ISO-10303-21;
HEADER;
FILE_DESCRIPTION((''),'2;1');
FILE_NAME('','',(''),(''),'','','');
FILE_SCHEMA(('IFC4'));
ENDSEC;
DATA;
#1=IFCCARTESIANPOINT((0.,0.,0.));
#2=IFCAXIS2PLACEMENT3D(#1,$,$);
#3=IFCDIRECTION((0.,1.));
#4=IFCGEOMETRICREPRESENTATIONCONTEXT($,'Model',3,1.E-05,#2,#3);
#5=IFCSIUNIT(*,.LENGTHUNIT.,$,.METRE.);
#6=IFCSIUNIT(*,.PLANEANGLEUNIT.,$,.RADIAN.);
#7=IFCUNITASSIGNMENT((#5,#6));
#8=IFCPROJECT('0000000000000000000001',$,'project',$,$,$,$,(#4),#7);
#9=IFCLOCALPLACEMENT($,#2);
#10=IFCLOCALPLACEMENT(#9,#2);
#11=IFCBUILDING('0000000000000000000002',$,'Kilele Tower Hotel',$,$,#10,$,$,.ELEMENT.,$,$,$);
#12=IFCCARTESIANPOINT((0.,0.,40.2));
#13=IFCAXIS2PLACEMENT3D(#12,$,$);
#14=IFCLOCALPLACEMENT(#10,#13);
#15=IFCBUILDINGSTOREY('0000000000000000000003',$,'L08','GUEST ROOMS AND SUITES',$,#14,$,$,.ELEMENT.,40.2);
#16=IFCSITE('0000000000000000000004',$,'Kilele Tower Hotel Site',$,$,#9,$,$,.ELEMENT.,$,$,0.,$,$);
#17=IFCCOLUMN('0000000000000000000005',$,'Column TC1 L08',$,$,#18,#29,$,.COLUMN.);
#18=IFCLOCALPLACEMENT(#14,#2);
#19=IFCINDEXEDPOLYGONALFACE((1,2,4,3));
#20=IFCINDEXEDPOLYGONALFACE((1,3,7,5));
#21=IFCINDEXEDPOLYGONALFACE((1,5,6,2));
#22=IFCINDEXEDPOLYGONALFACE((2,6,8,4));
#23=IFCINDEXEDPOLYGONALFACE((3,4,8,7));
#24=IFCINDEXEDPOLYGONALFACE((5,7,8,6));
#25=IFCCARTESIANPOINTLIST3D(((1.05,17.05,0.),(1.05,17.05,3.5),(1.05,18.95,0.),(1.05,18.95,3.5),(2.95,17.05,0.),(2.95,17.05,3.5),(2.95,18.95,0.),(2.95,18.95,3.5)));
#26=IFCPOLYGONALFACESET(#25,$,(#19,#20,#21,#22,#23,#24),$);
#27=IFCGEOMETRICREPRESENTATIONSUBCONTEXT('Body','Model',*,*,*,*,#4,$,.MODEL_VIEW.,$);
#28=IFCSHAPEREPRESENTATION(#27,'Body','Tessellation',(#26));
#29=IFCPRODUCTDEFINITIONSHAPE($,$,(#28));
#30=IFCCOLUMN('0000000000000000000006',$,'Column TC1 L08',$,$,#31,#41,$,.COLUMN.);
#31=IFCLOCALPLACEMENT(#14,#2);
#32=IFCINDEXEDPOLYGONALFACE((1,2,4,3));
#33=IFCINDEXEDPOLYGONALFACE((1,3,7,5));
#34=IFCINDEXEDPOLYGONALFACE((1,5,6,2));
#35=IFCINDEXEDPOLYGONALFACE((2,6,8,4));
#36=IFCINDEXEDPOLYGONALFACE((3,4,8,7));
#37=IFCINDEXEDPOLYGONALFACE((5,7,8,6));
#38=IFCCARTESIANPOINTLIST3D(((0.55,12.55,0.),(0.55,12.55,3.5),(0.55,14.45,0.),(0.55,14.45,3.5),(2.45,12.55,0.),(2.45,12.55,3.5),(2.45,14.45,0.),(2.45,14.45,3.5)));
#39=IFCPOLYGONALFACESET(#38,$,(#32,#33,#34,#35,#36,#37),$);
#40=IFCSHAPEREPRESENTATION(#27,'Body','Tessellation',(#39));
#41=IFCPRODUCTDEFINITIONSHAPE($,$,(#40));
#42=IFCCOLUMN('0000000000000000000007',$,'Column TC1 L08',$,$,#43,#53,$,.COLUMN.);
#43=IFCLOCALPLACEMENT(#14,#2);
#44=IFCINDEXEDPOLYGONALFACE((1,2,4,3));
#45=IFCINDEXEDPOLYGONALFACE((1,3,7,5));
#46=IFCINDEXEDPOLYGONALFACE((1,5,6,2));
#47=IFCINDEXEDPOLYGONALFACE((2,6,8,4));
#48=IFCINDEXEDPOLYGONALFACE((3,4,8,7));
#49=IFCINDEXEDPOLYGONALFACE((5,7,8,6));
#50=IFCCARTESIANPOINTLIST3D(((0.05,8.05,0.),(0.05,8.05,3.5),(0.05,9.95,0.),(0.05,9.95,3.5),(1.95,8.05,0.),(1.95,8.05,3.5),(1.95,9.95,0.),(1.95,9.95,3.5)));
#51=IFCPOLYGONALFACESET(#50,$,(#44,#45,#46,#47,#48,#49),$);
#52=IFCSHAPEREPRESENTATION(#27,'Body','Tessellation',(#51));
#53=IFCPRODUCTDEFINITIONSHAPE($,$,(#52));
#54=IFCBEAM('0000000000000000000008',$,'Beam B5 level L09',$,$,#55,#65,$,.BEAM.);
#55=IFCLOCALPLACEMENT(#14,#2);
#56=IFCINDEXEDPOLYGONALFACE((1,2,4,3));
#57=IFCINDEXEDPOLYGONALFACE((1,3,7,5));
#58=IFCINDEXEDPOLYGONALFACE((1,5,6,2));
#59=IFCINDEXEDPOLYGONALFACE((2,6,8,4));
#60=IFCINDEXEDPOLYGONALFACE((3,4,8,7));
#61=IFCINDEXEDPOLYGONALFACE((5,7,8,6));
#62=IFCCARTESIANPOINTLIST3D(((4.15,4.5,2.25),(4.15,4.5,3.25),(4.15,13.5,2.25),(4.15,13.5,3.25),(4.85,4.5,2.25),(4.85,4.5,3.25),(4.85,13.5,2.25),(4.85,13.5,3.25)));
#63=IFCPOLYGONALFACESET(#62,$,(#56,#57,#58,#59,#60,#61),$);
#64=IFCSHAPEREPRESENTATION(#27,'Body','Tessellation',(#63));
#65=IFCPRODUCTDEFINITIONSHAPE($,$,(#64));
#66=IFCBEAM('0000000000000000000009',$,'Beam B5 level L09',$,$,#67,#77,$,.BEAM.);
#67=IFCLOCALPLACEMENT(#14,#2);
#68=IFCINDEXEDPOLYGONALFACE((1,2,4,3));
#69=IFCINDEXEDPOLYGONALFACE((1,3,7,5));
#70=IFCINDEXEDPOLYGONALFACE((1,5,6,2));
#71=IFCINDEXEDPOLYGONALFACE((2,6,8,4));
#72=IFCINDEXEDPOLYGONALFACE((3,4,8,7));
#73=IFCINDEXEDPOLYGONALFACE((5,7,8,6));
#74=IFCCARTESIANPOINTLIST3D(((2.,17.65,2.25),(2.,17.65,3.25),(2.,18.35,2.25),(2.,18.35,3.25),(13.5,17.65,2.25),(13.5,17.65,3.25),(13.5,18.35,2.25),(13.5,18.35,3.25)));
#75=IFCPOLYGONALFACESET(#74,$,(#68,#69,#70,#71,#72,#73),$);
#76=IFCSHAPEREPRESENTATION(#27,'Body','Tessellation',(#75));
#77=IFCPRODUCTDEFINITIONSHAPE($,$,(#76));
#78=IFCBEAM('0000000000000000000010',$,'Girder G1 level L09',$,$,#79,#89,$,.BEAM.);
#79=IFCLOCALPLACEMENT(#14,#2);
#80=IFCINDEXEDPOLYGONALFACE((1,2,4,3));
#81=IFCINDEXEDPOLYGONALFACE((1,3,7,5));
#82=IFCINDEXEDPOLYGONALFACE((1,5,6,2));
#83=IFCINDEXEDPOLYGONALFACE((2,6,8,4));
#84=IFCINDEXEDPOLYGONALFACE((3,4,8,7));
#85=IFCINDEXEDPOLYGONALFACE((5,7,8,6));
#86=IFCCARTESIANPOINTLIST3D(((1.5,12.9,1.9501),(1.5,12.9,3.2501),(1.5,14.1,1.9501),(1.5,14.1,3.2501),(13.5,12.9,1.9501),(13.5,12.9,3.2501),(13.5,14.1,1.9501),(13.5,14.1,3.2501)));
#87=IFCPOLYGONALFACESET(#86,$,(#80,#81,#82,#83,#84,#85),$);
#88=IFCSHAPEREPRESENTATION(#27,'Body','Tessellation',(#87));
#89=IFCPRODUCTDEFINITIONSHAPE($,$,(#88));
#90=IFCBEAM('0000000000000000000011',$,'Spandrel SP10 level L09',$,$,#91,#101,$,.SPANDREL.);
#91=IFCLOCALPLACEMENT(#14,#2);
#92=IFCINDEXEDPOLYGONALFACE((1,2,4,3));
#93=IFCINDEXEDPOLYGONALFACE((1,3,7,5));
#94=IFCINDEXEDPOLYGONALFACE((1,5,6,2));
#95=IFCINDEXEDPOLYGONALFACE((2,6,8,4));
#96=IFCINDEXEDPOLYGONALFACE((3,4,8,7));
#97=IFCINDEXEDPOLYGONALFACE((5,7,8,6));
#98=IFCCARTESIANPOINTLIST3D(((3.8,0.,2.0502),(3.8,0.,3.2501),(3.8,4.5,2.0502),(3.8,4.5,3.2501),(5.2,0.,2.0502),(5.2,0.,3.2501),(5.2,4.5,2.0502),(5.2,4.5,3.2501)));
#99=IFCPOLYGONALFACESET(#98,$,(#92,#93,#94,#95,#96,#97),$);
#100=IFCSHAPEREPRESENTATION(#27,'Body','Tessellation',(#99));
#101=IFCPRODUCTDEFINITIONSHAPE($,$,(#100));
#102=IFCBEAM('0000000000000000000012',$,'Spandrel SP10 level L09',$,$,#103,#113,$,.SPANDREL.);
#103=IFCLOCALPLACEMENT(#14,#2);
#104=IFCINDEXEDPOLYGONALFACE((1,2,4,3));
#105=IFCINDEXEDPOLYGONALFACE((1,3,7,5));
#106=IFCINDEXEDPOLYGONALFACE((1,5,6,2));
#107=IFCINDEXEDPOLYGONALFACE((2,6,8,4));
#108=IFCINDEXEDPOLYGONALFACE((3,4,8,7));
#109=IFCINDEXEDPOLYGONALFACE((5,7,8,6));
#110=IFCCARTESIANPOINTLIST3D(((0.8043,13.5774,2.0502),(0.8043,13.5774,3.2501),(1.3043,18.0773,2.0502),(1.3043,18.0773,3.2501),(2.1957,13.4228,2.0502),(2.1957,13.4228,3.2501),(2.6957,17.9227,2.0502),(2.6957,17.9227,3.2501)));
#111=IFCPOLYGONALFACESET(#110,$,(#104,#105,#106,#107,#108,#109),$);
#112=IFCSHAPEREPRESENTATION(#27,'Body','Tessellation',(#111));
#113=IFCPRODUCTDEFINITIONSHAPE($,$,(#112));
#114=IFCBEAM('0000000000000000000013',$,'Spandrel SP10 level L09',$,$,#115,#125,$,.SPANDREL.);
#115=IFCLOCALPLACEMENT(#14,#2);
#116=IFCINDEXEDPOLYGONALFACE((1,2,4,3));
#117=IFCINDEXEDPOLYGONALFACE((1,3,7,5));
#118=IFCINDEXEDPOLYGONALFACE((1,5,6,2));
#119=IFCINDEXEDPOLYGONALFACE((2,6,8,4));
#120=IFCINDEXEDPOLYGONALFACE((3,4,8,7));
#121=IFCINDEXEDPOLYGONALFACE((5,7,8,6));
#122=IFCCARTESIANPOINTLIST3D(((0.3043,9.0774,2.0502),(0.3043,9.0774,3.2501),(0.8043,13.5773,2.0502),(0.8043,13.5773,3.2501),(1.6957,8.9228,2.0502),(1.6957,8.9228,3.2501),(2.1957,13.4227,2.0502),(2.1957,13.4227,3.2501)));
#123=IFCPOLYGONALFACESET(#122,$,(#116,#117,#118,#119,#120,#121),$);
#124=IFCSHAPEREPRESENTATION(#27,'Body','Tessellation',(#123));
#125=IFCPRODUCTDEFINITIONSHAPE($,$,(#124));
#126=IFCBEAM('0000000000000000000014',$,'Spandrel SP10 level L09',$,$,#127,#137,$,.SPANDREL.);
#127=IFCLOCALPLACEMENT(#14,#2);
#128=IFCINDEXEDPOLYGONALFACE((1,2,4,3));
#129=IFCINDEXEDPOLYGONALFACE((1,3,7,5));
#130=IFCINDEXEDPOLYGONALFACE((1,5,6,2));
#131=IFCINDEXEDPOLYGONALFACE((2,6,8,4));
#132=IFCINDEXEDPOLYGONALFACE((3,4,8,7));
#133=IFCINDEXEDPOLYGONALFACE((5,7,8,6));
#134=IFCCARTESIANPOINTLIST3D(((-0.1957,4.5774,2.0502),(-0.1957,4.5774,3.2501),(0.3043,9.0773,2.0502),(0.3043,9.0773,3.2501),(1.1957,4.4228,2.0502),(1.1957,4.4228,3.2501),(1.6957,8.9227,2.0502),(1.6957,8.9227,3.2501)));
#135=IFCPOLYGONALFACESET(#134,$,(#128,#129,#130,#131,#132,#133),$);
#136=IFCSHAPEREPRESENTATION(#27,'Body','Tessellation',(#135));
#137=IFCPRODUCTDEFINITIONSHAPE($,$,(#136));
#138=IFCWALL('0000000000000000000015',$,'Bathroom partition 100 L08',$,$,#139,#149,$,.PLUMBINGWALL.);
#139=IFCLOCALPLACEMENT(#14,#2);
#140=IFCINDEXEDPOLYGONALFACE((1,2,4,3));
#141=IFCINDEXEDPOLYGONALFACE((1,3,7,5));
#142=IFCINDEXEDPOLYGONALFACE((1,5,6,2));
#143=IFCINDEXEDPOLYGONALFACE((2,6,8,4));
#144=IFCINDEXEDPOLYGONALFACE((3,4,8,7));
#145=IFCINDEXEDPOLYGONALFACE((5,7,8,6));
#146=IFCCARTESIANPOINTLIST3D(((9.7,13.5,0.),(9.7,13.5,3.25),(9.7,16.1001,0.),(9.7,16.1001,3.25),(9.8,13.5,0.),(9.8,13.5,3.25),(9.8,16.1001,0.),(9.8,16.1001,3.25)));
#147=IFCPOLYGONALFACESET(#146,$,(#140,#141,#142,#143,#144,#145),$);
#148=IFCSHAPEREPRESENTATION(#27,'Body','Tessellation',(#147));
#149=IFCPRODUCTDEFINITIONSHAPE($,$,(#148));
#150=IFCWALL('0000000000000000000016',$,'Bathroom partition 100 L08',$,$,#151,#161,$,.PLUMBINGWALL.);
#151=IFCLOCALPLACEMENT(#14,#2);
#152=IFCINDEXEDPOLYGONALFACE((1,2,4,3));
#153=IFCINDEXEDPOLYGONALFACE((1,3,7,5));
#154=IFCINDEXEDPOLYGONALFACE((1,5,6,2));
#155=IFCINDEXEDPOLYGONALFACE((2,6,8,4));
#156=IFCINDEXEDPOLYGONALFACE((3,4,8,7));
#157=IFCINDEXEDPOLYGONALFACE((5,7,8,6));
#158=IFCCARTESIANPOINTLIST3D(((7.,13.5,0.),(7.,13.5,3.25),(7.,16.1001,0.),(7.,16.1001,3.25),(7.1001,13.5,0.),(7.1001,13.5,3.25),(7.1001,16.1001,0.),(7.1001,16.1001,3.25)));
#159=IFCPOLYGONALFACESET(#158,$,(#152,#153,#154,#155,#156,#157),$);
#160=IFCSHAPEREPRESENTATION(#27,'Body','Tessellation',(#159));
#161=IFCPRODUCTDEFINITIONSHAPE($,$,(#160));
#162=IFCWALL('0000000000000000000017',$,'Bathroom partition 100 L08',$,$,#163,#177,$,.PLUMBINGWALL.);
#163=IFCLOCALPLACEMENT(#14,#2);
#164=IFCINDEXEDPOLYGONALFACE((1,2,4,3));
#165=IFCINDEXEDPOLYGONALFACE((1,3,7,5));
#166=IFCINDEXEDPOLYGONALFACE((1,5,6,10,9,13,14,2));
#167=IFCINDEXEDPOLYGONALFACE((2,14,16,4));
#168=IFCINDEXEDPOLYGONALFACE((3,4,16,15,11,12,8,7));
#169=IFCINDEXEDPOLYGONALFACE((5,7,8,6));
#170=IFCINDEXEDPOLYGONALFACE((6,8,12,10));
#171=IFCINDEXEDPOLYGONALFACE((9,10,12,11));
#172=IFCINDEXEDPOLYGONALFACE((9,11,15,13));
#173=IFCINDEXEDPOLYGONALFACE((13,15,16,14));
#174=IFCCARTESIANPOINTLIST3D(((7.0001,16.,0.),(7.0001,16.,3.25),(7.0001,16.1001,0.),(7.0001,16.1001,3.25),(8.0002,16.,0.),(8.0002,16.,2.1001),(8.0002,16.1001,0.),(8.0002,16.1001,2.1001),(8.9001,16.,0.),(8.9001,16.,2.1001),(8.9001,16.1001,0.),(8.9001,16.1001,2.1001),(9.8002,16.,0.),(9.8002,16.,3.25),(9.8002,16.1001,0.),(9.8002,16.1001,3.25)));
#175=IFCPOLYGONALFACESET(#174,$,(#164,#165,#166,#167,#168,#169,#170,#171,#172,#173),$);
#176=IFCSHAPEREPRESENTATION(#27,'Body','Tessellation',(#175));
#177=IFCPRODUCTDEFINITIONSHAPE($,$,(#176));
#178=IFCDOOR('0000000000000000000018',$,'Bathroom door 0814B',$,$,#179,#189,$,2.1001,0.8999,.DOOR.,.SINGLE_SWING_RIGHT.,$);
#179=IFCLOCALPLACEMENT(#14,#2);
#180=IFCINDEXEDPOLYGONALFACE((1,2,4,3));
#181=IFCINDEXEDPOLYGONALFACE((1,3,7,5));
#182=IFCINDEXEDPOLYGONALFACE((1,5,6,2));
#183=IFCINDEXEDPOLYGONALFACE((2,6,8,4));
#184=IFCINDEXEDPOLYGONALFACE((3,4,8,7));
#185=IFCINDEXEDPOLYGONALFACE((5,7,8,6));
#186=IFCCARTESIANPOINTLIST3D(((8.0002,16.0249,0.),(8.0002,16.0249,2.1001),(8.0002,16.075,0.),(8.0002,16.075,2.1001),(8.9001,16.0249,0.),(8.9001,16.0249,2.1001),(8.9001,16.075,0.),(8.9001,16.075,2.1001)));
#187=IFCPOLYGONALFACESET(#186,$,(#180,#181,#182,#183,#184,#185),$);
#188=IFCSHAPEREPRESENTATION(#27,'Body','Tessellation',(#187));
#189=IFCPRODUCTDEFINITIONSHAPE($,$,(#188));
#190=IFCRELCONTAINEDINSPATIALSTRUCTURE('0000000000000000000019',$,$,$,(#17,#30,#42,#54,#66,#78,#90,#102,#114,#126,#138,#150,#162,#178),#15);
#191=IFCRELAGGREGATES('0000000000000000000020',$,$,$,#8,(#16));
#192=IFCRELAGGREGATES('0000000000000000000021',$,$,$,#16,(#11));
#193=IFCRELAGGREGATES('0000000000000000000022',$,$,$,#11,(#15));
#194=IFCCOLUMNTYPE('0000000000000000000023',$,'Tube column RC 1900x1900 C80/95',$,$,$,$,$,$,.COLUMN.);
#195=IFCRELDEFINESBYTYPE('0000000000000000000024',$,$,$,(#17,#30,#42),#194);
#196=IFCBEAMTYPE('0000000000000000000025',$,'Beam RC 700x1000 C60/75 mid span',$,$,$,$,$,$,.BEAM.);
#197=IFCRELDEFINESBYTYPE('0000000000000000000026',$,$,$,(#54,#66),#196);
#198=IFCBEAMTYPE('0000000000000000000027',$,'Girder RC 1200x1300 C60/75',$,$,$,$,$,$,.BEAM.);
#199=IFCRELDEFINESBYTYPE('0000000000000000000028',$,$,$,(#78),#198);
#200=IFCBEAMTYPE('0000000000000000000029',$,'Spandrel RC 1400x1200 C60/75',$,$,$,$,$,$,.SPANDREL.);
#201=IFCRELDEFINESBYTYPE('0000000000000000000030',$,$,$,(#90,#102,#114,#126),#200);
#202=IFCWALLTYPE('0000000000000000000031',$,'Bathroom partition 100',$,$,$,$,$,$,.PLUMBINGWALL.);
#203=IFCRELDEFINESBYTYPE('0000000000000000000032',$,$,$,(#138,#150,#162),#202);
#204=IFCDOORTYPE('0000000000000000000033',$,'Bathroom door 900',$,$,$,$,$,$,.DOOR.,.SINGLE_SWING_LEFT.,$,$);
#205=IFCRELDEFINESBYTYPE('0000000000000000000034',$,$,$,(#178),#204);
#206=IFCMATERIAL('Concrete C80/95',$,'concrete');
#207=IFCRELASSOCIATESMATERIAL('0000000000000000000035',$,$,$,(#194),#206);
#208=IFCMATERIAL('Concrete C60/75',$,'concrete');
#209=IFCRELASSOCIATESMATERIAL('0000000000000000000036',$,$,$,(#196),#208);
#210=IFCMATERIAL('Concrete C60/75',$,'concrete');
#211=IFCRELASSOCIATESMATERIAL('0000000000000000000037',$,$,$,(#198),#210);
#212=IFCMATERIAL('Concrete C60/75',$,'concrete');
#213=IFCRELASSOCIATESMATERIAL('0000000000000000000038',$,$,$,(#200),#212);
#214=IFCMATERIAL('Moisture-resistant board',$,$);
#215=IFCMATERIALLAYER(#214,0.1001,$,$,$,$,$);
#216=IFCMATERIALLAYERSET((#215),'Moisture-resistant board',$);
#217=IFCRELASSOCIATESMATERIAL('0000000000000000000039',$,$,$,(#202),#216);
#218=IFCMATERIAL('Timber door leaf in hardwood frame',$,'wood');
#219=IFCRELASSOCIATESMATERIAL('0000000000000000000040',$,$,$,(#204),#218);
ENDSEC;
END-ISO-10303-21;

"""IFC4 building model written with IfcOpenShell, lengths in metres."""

from ifc_helpers import new_model, si_unit, direction, frame, frame_2d, origin, origin_2d, place, context, subcontext, project, spatial, rectangle, extrude, material, layer, layer_set, material_profile, profile_set, type_object, element, fill, save


model = new_model("IFC4")

# Units and contexts
model_context = context("Model", 3, precision=1e-05, world=origin(), true_north=direction((0.0, 1.0)))
body_context = subcontext(model_context, "Body", "Model", "MODEL_VIEW")
ifc_project = project(units=[si_unit("LENGTHUNIT", "METRE"), si_unit("PLANEANGLEUNIT", "RADIAN")], contexts=[model_context])

# Site, building, storey
site_placement = place(None, origin())
site = spatial("IfcSite", under=ifc_project, at=site_placement, Name="Kilele Tower Hotel Site", CompositionType="ELEMENT", RefElevation=0.0)
building_placement = place(site_placement, origin())
building = spatial("IfcBuilding", under=site, at=building_placement, Name="Kilele Tower Hotel", CompositionType="ELEMENT")
storey_placement = place(building_placement, frame((0.0, 0.0, 40.2)))
storey = spatial("IfcBuildingStorey", under=building, at=storey_placement, Name="L08", Description="GUEST ROOMS AND SUITES", CompositionType="ELEMENT", Elevation=40.2)

# Columns
ifc_material_1 = material(Name="Concrete C80/95", Category="concrete")
ifc_material_profile_1 = material_profile(ifc_material_1, rectangle(XDim=1.8999, YDim=1.8999, at=origin_2d()))
ifc_profile_set_1 = profile_set([ifc_material_profile_1], Name="Concrete C80/95")
column_type = type_object("IfcColumnType", Name="Tube column RC 1900x1900 C80/95", PredefinedType="COLUMN", material=ifc_profile_set_1)
for number, where, z_axis, x_axis, name in (
    (1, (2.0, 18.0, 0.0), (0.0, 0.0, 1.0), (1.0, 0.0, 0.0), "Column TC1 L08"),
    (2, (1.5, 13.5, 0.0), (0.0, 0.0, 1.0), (1.0, 0.0, 0.0), "Column TC1 L08"),
    (3, (1.0, 9.0, 0.0), (0.0, 0.0, 1.0), (1.0, 0.0, 0.0), "Column TC1 L08"),
):
    element("IfcColumn", number, at=place(storey_placement, frame(where, z_axis=z_axis, x_axis=x_axis)), inside=storey, type_object=column_type, Name=name, PredefinedType="COLUMN", context=body_context, shape_type="SweptSolid", body=[
        extrude(rectangle(XDim=1.8999, YDim=1.8999, at=origin_2d()), origin(), (0.0, 0.0, 1.0), 3.5),
    ])

# Beams
ifc_material_2 = material(Name="Concrete C60/75", Category="concrete")
ifc_material_profile_2 = material_profile(ifc_material_2, rectangle(XDim=0.7, YDim=1.0, at=origin_2d()))
ifc_profile_set_2 = profile_set([ifc_material_profile_2], Name="Concrete C60/75")
beam_type_1 = type_object("IfcBeamType", Name="Beam RC 700x1000 C60/75 mid span", PredefinedType="BEAM", material=ifc_profile_set_2)
beam_1_placement = place(storey_placement, frame((4.5, 4.5, 2.75), z_axis=(0.0, 1.0, 0.0), x_axis=(-1.0, 0.0, 0.0)))
element("IfcBeam", 4, at=beam_1_placement, inside=storey, type_object=beam_type_1, Name="Beam B5 level L09", PredefinedType="BEAM", context=body_context, shape_type="SweptSolid", body=[
    extrude(rectangle(XDim=0.7, YDim=1.0, at=origin_2d()), origin(), (0.0, 0.0, 1.0), 9.0),
])
beam_2_placement = place(storey_placement, frame((2.0, 18.0, 2.75), z_axis=(1.0, 0.0, 0.0), x_axis=(0.0, 1.0, 0.0)))
element("IfcBeam", 5, at=beam_2_placement, inside=storey, type_object=beam_type_1, Name="Beam B5 level L09", PredefinedType="BEAM", context=body_context, shape_type="SweptSolid", body=[
    extrude(rectangle(XDim=0.7, YDim=1.0, at=origin_2d()), origin(), (0.0, 0.0, 1.0), 11.5),
])
ifc_material_3 = material(Name="Concrete C60/75", Category="concrete")
ifc_material_profile_3 = material_profile(ifc_material_3, rectangle(XDim=1.2, YDim=1.3, at=origin_2d()))
ifc_profile_set_3 = profile_set([ifc_material_profile_3], Name="Concrete C60/75")
beam_type_2 = type_object("IfcBeamType", Name="Girder RC 1200x1300 C60/75", PredefinedType="BEAM", material=ifc_profile_set_3)
beam_3_placement = place(storey_placement, frame((1.5, 13.5, 2.6001), z_axis=(1.0, 0.0, 0.0), x_axis=(0.0, 1.0, 0.0)))
element("IfcBeam", 6, at=beam_3_placement, inside=storey, type_object=beam_type_2, Name="Girder G1 level L09", PredefinedType="BEAM", context=body_context, shape_type="SweptSolid", body=[
    extrude(rectangle(XDim=1.2, YDim=1.3, at=origin_2d()), origin(), (0.0, 0.0, 1.0), 12.0),
])
ifc_material_4 = material(Name="Concrete C60/75", Category="concrete")
ifc_material_profile_4 = material_profile(ifc_material_4, rectangle(XDim=1.3999, YDim=1.2, at=origin_2d()))
ifc_profile_set_4 = profile_set([ifc_material_profile_4], Name="Concrete C60/75")
beam_type_3 = type_object("IfcBeamType", Name="Spandrel RC 1400x1200 C60/75", PredefinedType="SPANDREL", material=ifc_profile_set_4)
beam_4_placement = place(storey_placement, frame((4.5, 4.5, 2.6501), z_axis=(0.0, -1.0, 0.0), x_axis=(1.0, 0.0, 0.0)))
element("IfcBeam", 7, at=beam_4_placement, inside=storey, type_object=beam_type_3, Name="Spandrel SP10 level L09", PredefinedType="SPANDREL", context=body_context, shape_type="SweptSolid", body=[
    extrude(rectangle(XDim=1.3999, YDim=1.2, at=origin_2d()), origin(), (0.0, 0.0, 1.0), 4.5),
])
for number, where, z_axis, x_axis, name in (
    (8, (2.0, 18.0, 2.6501), (-0.110432, -0.993884, 0.0), (0.993884, -0.110432, 0.0), "Spandrel SP10 level L09"),
    (9, (1.5, 13.5, 2.6501), (-0.110432, -0.993884, 0.0), (0.993884, -0.110432, 0.0), "Spandrel SP10 level L09"),
    (10, (1.0, 9.0, 2.6501), (-0.110432, -0.993884, 0.0), (0.993884, -0.110432, 0.0), "Spandrel SP10 level L09"),
):
    element("IfcBeam", number, at=place(storey_placement, frame(where, z_axis=z_axis, x_axis=x_axis)), inside=storey, type_object=beam_type_3, Name=name, PredefinedType="SPANDREL", context=body_context, shape_type="SweptSolid", body=[
        extrude(rectangle(XDim=1.3999, YDim=1.2, at=origin_2d()), origin(), (0.0, 0.0, 1.0), 4.5276),
    ])

# Walls
ifc_material_5 = material(Name="Moisture-resistant board")
ifc_layer_1 = layer(ifc_material_5, 0.1001)
ifc_layer_set_1 = layer_set([ifc_layer_1], Name="Moisture-resistant board")
wall_type_1 = type_object("IfcWallType", Name="Bathroom partition 100", PredefinedType="PLUMBINGWALL", material=ifc_layer_set_1)
for number, where, z_axis, x_axis, name in (
    (11, (9.75, 13.5, 0.0), (0.0, 0.0, 1.0), (0.0, 1.0, 0.0), "Bathroom partition 100 L08"),
    (12, (7.05, 13.5, 0.0), (0.0, 0.0, 1.0), (0.0, 1.0, 0.0), "Bathroom partition 100 L08"),
):
    element("IfcWall", number, at=place(storey_placement, frame(where, z_axis=z_axis, x_axis=x_axis)), inside=storey, type_object=wall_type_1, Name=name, PredefinedType="PLUMBINGWALL", context=body_context, shape_type="SweptSolid", body=[
        extrude(rectangle(XDim=2.6001, YDim=0.1001, at=frame_2d((1.3, 0.0))), origin(), (0.0, 0.0, 1.0), 3.25),
    ])

# Wall, opening, door
wall_1_placement = place(storey_placement, frame((9.8, 16.05, 0.0), z_axis=(0.0, 0.0, 1.0), x_axis=(-1.0, 0.0, 0.0)))
wall_1 = element("IfcWall", 13, at=wall_1_placement, inside=storey, type_object=wall_type_1, Name="Bathroom partition 100 L08", PredefinedType="PLUMBINGWALL", context=body_context, shape_type="SweptSolid", body=[
    extrude(rectangle(XDim=2.8, YDim=0.1001, at=frame_2d((1.3999, 0.0))), origin(), (0.0, 0.0, 1.0), 3.25),
])
opening_1_placement = place(wall_1_placement, frame((1.7998, 0.0, 0.0), z_axis=(0.0, 0.0, 1.0), x_axis=(-1.0, 0.0, 0.0)))
opening_1 = element("IfcOpeningElement", 14, at=opening_1_placement, cuts=wall_1, PredefinedType="OPENING", context=body_context, shape_type="SweptSolid", body=[
    extrude(rectangle(XDim=0.8999, YDim=2.1001, at=frame_2d((0.45, 1.05))), frame((0.0, 0.0601, 0.0), z_axis=(0.0, -1.0, 0.0), x_axis=(1.0, 0.0, 0.0)), (0.0, 0.0, 1.0), 0.1201),
])
ifc_material_6 = material(Name="Timber door leaf in hardwood frame", Category="wood")
door_type_1 = type_object("IfcDoorType", Name="Bathroom door 900", OperationType="SINGLE_SWING_LEFT", PredefinedType="DOOR", material=ifc_material_6)
door_1_placement = place(opening_1_placement, origin())
door_1 = element("IfcDoor", 15, at=door_1_placement, inside=storey, type_object=door_type_1, Name="Bathroom door 0814B", OperationType="SINGLE_SWING_RIGHT", OverallHeight=2.1001, OverallWidth=0.8999, PredefinedType="DOOR", context=body_context, shape_type="SweptSolid", body=[
    extrude(rectangle(XDim=0.8999, YDim=2.1001, at=frame_2d((0.45, 1.05))), frame((0.0, 0.0249, 0.0), z_axis=(0.0, -1.0, 0.0), x_axis=(1.0, 0.0, 0.0)), (0.0, 0.0, 1.0), 0.05),
])
fill(opening_1, door_1)

save(model, "model.ifc")
